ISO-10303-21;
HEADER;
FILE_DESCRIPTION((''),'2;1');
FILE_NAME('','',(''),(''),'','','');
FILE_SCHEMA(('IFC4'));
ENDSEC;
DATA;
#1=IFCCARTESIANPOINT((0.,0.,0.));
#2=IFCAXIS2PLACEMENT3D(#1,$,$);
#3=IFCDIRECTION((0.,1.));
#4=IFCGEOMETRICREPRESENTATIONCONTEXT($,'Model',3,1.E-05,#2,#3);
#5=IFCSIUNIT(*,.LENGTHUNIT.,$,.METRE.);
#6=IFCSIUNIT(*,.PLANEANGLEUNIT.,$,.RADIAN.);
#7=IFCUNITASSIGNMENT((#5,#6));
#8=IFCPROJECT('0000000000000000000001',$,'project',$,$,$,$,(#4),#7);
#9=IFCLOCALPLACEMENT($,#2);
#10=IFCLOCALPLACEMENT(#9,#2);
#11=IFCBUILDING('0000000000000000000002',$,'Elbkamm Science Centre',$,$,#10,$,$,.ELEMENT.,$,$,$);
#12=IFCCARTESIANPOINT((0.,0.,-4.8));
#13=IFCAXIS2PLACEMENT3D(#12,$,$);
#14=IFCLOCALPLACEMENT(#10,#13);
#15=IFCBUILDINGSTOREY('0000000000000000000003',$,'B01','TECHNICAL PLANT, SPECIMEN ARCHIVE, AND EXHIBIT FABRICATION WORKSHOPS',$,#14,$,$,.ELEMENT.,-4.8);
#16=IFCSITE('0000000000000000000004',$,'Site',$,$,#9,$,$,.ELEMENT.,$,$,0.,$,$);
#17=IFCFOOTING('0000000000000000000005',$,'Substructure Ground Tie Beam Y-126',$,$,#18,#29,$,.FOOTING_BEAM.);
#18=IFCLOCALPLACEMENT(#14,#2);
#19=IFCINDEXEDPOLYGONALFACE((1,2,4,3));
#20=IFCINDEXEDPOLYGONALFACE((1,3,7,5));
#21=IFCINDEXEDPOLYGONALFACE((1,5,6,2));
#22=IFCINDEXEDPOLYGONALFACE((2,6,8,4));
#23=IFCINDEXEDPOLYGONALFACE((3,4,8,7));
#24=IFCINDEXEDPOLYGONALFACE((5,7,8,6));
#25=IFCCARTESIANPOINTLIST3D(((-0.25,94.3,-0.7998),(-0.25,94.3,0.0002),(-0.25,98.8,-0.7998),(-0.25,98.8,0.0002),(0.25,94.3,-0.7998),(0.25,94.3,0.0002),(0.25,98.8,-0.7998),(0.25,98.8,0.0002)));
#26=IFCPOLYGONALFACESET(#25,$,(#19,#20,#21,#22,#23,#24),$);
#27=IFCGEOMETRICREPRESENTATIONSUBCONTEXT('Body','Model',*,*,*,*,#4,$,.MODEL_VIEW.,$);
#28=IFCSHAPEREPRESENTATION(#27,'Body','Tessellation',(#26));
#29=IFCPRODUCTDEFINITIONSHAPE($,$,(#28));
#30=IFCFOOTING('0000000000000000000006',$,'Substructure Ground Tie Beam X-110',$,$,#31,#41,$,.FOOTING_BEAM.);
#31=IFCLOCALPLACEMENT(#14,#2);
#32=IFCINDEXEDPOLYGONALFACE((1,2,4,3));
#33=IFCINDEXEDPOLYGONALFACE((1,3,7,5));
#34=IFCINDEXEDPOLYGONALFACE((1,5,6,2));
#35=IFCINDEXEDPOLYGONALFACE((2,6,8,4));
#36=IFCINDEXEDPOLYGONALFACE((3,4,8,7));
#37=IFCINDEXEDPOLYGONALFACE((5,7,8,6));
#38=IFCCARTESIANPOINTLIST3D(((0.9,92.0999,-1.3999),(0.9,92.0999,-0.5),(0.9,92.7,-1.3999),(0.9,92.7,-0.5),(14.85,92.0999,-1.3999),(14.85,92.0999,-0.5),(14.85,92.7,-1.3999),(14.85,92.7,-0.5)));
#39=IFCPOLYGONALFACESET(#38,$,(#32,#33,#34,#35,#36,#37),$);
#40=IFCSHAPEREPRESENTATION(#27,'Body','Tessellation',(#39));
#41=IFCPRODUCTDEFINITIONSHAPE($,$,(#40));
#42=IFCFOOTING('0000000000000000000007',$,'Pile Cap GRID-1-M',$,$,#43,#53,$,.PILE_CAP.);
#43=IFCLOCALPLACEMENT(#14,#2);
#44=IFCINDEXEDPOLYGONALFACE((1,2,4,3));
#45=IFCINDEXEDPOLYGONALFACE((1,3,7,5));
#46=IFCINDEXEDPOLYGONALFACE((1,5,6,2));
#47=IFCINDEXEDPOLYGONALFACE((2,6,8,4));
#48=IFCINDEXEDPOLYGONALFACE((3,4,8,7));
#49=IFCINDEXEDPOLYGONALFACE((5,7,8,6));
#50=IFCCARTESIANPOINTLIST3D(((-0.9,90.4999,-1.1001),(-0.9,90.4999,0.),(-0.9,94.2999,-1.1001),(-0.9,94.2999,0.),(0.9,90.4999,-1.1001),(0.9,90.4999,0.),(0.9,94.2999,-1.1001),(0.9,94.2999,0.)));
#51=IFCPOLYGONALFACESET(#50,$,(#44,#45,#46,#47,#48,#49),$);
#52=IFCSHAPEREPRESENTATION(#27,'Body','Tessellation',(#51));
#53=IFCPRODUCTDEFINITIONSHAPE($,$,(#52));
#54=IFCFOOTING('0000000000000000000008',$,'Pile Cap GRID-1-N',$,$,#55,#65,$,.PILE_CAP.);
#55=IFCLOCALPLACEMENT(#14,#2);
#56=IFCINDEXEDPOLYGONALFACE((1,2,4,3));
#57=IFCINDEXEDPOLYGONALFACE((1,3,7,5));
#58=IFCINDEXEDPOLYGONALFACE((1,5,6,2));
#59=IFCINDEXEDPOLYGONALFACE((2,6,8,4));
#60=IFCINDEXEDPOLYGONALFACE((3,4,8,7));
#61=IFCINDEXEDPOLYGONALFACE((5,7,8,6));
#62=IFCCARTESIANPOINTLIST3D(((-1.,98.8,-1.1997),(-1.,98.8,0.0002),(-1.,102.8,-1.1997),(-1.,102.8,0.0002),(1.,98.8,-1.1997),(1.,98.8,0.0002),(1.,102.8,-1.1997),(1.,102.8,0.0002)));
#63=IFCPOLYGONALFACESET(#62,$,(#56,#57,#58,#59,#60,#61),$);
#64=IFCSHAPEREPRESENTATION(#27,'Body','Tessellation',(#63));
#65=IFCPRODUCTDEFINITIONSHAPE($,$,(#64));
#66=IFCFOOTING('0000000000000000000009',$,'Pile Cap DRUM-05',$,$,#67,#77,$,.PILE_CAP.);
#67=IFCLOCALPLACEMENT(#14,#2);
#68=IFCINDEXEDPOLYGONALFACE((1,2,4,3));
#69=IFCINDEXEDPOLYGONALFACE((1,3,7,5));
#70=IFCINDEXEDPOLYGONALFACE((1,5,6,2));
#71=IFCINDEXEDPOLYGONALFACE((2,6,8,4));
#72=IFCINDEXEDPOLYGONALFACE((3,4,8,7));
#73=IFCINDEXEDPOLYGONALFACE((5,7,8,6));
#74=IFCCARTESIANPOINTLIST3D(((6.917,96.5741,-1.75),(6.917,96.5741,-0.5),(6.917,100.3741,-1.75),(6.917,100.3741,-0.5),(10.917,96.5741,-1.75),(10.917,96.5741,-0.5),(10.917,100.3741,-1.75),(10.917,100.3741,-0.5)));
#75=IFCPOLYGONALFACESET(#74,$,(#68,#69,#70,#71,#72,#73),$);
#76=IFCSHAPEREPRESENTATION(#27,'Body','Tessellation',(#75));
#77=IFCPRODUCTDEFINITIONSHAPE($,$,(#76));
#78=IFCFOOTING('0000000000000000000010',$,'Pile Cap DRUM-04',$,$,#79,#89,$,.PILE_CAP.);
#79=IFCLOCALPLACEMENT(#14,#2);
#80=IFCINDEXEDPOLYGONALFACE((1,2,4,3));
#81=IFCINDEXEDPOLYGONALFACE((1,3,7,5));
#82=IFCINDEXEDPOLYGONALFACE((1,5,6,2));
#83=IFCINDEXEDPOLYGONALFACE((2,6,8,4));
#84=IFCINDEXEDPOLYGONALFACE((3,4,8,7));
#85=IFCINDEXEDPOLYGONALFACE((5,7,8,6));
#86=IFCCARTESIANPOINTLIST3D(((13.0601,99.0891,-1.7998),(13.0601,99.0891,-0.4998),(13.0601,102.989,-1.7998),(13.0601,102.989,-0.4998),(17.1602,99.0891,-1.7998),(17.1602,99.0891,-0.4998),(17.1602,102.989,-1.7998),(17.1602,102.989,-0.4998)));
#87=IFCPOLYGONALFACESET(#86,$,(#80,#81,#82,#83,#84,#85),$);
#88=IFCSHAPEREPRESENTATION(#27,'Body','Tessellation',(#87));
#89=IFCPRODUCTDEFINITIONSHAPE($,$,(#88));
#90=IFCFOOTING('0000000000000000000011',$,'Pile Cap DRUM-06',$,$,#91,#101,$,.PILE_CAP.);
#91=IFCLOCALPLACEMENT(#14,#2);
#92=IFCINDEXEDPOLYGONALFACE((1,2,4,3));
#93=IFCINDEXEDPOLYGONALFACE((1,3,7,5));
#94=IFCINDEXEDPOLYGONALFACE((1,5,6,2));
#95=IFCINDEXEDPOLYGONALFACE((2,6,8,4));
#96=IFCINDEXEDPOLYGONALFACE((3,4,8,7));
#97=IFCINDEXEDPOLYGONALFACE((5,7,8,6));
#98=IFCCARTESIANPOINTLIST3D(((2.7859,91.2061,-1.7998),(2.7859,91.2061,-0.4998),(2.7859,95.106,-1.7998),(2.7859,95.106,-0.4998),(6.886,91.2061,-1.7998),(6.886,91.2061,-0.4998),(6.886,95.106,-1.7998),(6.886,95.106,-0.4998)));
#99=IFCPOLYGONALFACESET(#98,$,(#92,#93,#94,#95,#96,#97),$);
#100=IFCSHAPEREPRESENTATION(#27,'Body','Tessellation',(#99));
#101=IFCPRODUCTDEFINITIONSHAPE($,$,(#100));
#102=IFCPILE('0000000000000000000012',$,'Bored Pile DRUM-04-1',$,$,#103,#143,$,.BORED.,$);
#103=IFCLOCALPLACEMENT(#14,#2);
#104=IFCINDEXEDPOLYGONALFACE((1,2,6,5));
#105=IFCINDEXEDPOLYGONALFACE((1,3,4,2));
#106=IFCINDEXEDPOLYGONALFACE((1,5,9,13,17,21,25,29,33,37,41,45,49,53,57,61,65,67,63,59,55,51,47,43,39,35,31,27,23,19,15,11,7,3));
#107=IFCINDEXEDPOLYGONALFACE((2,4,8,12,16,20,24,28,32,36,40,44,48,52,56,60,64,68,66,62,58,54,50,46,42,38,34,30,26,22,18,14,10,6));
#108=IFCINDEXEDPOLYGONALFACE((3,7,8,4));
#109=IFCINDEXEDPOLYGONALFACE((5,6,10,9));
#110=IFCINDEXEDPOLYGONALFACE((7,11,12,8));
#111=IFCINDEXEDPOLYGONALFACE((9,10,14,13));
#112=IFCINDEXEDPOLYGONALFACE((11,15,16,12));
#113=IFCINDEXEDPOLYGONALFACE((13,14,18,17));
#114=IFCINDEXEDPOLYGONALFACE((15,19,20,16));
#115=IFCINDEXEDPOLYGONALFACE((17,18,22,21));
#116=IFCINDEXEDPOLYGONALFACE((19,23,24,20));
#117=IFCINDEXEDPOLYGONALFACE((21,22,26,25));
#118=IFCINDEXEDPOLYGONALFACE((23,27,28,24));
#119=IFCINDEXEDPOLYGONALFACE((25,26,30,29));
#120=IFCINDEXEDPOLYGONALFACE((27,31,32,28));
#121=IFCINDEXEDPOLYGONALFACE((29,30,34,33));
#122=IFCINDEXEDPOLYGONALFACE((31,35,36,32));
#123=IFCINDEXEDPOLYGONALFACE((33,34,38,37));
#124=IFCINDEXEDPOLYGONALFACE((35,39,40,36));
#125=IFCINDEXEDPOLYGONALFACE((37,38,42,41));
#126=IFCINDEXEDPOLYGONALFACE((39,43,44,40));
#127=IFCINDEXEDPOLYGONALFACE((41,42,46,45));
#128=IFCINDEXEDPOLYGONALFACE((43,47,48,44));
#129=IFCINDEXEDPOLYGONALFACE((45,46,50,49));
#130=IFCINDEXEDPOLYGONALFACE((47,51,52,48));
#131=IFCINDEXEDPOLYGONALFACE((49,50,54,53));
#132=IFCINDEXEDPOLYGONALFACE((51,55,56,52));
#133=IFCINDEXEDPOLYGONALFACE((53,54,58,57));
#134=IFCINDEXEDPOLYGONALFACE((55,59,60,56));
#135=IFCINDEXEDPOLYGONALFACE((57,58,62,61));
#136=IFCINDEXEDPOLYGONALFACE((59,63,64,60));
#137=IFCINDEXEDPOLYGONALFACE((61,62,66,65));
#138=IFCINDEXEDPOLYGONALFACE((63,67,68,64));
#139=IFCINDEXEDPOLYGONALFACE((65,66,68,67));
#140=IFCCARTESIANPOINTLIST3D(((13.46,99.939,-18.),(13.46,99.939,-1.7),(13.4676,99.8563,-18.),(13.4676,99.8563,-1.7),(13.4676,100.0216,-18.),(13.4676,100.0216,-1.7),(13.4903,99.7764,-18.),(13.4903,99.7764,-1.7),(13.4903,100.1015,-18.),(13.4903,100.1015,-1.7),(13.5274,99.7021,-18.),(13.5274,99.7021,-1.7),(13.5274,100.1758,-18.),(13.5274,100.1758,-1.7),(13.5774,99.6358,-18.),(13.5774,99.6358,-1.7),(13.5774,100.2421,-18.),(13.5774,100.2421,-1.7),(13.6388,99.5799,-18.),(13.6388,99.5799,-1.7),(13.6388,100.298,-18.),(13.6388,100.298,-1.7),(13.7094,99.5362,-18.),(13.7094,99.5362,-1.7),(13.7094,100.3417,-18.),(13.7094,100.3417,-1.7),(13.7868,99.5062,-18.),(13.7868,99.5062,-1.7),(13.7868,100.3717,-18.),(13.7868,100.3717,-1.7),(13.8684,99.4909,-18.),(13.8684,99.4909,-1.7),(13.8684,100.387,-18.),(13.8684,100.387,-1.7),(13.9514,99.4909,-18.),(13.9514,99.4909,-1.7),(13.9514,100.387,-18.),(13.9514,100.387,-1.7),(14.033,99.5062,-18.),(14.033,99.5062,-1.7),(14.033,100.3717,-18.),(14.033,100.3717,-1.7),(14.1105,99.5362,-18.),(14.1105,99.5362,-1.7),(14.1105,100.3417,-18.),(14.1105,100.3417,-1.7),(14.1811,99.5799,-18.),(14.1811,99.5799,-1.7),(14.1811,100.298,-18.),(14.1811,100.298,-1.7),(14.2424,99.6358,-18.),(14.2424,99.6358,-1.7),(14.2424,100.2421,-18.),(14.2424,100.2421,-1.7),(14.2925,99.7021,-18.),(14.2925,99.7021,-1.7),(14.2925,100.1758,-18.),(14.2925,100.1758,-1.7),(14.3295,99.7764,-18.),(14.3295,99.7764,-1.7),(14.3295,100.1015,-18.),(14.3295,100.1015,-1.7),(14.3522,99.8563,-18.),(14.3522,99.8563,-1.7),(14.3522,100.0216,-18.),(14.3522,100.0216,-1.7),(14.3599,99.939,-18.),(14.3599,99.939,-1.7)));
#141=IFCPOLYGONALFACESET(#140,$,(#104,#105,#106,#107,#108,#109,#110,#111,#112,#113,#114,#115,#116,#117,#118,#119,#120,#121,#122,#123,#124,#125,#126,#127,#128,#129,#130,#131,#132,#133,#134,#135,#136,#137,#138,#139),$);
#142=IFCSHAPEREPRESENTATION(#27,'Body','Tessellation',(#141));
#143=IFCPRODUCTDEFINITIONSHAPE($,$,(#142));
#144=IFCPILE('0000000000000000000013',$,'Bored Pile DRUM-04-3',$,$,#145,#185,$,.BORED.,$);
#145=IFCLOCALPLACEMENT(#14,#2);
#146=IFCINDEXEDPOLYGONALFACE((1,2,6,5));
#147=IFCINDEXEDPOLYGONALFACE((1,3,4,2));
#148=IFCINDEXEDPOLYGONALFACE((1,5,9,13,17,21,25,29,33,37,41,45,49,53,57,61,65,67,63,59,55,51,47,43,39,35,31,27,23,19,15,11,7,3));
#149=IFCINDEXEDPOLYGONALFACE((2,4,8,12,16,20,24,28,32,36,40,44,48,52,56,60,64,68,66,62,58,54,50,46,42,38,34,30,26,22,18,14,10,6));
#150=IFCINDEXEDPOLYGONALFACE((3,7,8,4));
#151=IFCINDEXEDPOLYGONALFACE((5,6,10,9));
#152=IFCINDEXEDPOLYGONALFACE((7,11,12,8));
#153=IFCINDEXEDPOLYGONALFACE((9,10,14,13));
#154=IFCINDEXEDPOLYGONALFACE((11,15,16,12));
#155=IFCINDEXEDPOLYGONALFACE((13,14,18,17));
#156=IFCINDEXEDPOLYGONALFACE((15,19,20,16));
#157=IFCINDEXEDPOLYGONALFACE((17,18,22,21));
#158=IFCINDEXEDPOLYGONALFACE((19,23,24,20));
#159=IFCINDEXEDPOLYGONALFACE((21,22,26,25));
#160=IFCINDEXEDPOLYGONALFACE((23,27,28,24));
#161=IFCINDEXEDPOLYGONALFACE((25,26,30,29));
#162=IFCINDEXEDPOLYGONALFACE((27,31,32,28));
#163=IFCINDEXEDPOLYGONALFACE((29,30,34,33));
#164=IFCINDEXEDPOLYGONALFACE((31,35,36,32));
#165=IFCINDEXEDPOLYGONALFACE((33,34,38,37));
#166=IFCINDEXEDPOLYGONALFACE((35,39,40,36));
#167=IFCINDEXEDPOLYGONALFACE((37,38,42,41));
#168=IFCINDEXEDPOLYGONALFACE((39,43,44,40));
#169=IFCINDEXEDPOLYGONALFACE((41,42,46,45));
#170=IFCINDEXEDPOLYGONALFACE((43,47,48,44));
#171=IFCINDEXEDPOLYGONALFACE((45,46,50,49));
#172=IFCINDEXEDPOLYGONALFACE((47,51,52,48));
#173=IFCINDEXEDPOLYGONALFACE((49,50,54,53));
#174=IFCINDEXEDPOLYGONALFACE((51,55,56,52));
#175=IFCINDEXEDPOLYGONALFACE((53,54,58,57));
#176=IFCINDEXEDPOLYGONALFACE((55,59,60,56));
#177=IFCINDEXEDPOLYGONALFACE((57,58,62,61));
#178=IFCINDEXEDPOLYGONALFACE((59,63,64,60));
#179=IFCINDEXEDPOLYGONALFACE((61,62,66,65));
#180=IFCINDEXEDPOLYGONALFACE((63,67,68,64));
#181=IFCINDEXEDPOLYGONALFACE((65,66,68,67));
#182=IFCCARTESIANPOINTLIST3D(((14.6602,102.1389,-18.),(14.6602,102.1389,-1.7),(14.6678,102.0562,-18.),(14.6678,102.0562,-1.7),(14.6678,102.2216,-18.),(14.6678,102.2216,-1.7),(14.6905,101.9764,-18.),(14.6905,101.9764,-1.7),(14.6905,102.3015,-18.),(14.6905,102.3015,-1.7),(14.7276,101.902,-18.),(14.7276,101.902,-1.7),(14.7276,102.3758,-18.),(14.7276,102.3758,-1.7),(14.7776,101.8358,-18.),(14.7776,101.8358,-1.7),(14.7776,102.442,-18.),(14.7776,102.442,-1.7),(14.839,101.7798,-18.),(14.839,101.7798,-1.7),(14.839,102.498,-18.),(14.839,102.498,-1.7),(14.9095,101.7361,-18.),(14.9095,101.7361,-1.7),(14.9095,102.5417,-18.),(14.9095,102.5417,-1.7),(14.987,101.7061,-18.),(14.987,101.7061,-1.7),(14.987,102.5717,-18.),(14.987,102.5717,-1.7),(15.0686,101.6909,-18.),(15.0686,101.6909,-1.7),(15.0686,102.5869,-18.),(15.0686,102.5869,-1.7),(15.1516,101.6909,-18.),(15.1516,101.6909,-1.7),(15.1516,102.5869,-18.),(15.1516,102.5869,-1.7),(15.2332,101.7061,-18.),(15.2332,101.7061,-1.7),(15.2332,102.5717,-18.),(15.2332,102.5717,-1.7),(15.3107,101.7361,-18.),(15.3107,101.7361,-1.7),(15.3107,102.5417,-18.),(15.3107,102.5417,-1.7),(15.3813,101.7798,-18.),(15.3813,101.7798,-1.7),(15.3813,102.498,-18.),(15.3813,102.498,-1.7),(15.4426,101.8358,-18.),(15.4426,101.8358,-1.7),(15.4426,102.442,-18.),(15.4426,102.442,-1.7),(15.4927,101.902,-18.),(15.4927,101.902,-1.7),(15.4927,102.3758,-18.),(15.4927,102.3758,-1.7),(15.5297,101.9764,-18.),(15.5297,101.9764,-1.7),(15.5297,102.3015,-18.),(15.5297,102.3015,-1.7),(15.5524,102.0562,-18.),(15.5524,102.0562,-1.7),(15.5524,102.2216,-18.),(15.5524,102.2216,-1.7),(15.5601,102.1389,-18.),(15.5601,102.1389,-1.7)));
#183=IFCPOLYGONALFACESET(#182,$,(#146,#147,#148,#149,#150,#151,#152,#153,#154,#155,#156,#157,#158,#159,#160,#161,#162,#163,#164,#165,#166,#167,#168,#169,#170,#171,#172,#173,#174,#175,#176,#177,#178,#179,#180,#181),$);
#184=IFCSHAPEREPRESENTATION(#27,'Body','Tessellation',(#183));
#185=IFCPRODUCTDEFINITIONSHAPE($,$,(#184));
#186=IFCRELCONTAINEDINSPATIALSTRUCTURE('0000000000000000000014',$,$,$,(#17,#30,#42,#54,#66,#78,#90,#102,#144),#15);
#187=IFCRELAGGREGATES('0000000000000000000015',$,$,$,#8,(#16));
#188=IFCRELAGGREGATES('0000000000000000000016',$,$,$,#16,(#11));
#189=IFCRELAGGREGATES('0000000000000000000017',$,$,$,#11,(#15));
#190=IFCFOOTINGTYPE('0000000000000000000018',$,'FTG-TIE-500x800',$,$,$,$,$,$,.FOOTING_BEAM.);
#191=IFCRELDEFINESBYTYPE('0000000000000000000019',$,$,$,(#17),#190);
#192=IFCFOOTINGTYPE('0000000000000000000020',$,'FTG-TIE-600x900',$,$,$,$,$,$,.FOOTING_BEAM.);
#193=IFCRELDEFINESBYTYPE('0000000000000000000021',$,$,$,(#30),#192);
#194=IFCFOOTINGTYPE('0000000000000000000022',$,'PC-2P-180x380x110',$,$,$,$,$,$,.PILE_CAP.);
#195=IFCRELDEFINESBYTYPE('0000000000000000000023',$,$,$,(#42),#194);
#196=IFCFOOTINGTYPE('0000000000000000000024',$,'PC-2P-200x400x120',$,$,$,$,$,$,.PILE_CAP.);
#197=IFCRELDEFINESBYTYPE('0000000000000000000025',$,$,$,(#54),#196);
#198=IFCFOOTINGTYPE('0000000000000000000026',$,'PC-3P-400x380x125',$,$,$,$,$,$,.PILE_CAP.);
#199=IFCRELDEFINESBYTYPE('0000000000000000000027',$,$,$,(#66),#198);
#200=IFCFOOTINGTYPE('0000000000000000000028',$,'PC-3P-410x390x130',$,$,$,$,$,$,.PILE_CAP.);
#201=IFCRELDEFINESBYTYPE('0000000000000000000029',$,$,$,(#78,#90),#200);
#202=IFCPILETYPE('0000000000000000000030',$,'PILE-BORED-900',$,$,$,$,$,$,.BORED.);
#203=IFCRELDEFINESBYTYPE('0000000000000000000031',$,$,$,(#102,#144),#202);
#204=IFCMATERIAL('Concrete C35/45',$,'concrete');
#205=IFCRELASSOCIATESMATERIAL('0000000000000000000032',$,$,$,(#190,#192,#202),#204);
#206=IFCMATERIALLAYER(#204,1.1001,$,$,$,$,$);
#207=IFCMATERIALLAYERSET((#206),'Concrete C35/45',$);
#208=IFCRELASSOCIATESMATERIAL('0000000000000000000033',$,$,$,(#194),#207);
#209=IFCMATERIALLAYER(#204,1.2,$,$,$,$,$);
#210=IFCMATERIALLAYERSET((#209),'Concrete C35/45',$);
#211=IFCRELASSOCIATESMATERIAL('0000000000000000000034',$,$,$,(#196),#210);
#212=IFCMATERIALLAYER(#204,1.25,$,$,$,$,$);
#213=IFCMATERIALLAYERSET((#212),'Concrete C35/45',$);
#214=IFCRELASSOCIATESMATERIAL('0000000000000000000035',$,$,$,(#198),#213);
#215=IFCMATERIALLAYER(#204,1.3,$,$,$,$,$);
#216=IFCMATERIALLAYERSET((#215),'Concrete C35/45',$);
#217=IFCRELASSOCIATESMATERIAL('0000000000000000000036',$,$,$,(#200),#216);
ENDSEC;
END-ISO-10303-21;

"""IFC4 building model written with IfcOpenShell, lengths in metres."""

from ifc_helpers import new_model, si_unit, direction, frame, origin, origin_2d, place, context, subcontext, project, spatial, rectangle, circle, extrude, material, layer, layer_set, material_profile, profile_set, type_object, element, save


model = new_model("IFC4")

# Units and contexts
model_context = context("Model", 3, precision=1e-05, world=origin(), true_north=direction((0.0, 1.0)))
body_context = subcontext(model_context, "Body", "Model", "MODEL_VIEW")
ifc_project = project(units=[si_unit("LENGTHUNIT", "METRE"), si_unit("PLANEANGLEUNIT", "RADIAN")], contexts=[model_context])

# Site, building, storey
site_placement = place(None, origin())
site = spatial("IfcSite", under=ifc_project, at=site_placement, Name="Site", CompositionType="ELEMENT", RefElevation=0.0)
building_placement = place(site_placement, origin())
building = spatial("IfcBuilding", under=site, at=building_placement, Name="Elbkamm Science Centre", CompositionType="ELEMENT")
storey_placement = place(building_placement, frame((0.0, 0.0, -4.8)))
storey = spatial("IfcBuildingStorey", under=building, at=storey_placement, Name="B01", Description="TECHNICAL PLANT, SPECIMEN ARCHIVE, AND EXHIBIT FABRICATION WORKSHOPS", CompositionType="ELEMENT", Elevation=-4.8)

# Footings
ifc_material_1 = material(Name="Concrete C35/45", Category="concrete")
footing_type_1 = type_object("IfcFootingType", Name="FTG-TIE-500x800", PredefinedType="FOOTING_BEAM", material=ifc_material_1)
footing_1_placement = place(storey_placement, frame((0.0, 96.55, -0.7998), z_axis=(0.0, 0.0, 1.0), x_axis=(1.0, 0.0, 0.0)))
element("IfcFooting", 1, at=footing_1_placement, inside=storey, type_object=footing_type_1, Name="Substructure Ground Tie Beam Y-126", PredefinedType="FOOTING_BEAM", context=body_context, shape_type="SweptSolid", body=[
    extrude(rectangle(XDim=0.5, YDim=4.5, at=origin_2d()), origin(), (0.0, 0.0, 1.0), 0.8),
])
footing_type_2 = type_object("IfcFootingType", Name="FTG-TIE-600x900", PredefinedType="FOOTING_BEAM", material=ifc_material_1)
footing_2_placement = place(storey_placement, frame((7.875, 92.3999, -1.3999), z_axis=(0.0, 0.0, 1.0), x_axis=(1.0, 0.0, 0.0)))
element("IfcFooting", 2, at=footing_2_placement, inside=storey, type_object=footing_type_2, Name="Substructure Ground Tie Beam X-110", PredefinedType="FOOTING_BEAM", context=body_context, shape_type="SweptSolid", body=[
    extrude(rectangle(XDim=13.95, YDim=0.6001, at=origin_2d()), origin(), (0.0, 0.0, 1.0), 0.8999),
])
ifc_layer_1 = layer(ifc_material_1, 1.1001)
ifc_layer_set_1 = layer_set([ifc_layer_1], Name="Concrete C35/45")
footing_type_3 = type_object("IfcFootingType", Name="PC-2P-180x380x110", PredefinedType="PILE_CAP", material=ifc_layer_set_1)
footing_3_placement = place(storey_placement, frame((0.0, 92.3999, -1.1001), z_axis=(0.0, 0.0, 1.0), x_axis=(1.0, 0.0, 0.0)))
element("IfcFooting", 3, at=footing_3_placement, inside=storey, type_object=footing_type_3, Name="Pile Cap GRID-1-M", PredefinedType="PILE_CAP", context=body_context, shape_type="SweptSolid", body=[
    extrude(rectangle(XDim=1.8, YDim=3.8, at=origin_2d()), origin(), (0.0, 0.0, 1.0), 1.1001),
])
ifc_layer_2 = layer(ifc_material_1, 1.2)
ifc_layer_set_2 = layer_set([ifc_layer_2], Name="Concrete C35/45")
footing_type_4 = type_object("IfcFootingType", Name="PC-2P-200x400x120", PredefinedType="PILE_CAP", material=ifc_layer_set_2)
footing_4_placement = place(storey_placement, frame((0.0, 100.8, -1.1997), z_axis=(0.0, 0.0, 1.0), x_axis=(1.0, 0.0, 0.0)))
element("IfcFooting", 4, at=footing_4_placement, inside=storey, type_object=footing_type_4, Name="Pile Cap GRID-1-N", PredefinedType="PILE_CAP", context=body_context, shape_type="SweptSolid", body=[
    extrude(rectangle(XDim=2.0, YDim=4.0, at=origin_2d()), origin(), (0.0, 0.0, 1.0), 1.2),
])
ifc_layer_3 = layer(ifc_material_1, 1.25)
ifc_layer_set_3 = layer_set([ifc_layer_3], Name="Concrete C35/45")
footing_type_5 = type_object("IfcFootingType", Name="PC-3P-400x380x125", PredefinedType="PILE_CAP", material=ifc_layer_set_3)
footing_5_placement = place(storey_placement, frame((8.917, 98.4741, -1.75), z_axis=(0.0, 0.0, 1.0), x_axis=(1.0, 0.0, 0.0)))
element("IfcFooting", 5, at=footing_5_placement, inside=storey, type_object=footing_type_5, Name="Pile Cap DRUM-05", PredefinedType="PILE_CAP", context=body_context, shape_type="SweptSolid", body=[
    extrude(rectangle(XDim=4.0, YDim=3.8, at=origin_2d()), origin(), (0.0, 0.0, 1.0), 1.25),
])
ifc_layer_4 = layer(ifc_material_1, 1.3)
ifc_layer_set_4 = layer_set([ifc_layer_4], Name="Concrete C35/45")
footing_type_6 = type_object("IfcFootingType", Name="PC-3P-410x390x130", PredefinedType="PILE_CAP", material=ifc_layer_set_4)
for number, where, z_axis, x_axis, name in (
    (6, (15.1101, 101.0391, -1.7998), (0.0, 0.0, 1.0), (1.0, 0.0, 0.0), "Pile Cap DRUM-04"),
    (7, (4.8359, 93.156, -1.7998), (0.0, 0.0, 1.0), (1.0, 0.0, 0.0), "Pile Cap DRUM-06"),
):
    element("IfcFooting", number, at=place(storey_placement, frame(where, z_axis=z_axis, x_axis=x_axis)), inside=storey, type_object=footing_type_6, Name=name, PredefinedType="PILE_CAP", context=body_context, shape_type="SweptSolid", body=[
        extrude(rectangle(XDim=4.1001, YDim=3.8999, at=origin_2d()), origin(), (0.0, 0.0, 1.0), 1.3),
    ])

# Piles
ifc_material_profile_1 = material_profile(ifc_material_1, circle(Radius=0.45, at=origin_2d()), Name="PILE D900")
ifc_profile_set_1 = profile_set([ifc_material_profile_1], Name="Concrete C35/45")
pile_type = type_object("IfcPileType", Name="PILE-BORED-900", PredefinedType="BORED", material=ifc_profile_set_1)
for number, where, z_axis, x_axis, name in (
    (8, (13.9099, 99.939, -1.7), (0.0, 0.0, -1.0), (1.0, 0.0, 0.0), "Bored Pile DRUM-04-1"),
    (9, (15.1101, 102.1389, -1.7), (0.0, 0.0, -1.0), (1.0, 0.0, 0.0), "Bored Pile DRUM-04-3"),
):
    element("IfcPile", number, at=place(storey_placement, frame(where, z_axis=z_axis, x_axis=x_axis)), inside=storey, type_object=pile_type, Name=name, PredefinedType="BORED", context=body_context, shape_type="SweptSolid", body=[
        extrude(circle(Radius=0.45, at=origin_2d()), origin(), (0.0, 0.0, 1.0), 16.3),
    ])

save(model, "model.ifc")
